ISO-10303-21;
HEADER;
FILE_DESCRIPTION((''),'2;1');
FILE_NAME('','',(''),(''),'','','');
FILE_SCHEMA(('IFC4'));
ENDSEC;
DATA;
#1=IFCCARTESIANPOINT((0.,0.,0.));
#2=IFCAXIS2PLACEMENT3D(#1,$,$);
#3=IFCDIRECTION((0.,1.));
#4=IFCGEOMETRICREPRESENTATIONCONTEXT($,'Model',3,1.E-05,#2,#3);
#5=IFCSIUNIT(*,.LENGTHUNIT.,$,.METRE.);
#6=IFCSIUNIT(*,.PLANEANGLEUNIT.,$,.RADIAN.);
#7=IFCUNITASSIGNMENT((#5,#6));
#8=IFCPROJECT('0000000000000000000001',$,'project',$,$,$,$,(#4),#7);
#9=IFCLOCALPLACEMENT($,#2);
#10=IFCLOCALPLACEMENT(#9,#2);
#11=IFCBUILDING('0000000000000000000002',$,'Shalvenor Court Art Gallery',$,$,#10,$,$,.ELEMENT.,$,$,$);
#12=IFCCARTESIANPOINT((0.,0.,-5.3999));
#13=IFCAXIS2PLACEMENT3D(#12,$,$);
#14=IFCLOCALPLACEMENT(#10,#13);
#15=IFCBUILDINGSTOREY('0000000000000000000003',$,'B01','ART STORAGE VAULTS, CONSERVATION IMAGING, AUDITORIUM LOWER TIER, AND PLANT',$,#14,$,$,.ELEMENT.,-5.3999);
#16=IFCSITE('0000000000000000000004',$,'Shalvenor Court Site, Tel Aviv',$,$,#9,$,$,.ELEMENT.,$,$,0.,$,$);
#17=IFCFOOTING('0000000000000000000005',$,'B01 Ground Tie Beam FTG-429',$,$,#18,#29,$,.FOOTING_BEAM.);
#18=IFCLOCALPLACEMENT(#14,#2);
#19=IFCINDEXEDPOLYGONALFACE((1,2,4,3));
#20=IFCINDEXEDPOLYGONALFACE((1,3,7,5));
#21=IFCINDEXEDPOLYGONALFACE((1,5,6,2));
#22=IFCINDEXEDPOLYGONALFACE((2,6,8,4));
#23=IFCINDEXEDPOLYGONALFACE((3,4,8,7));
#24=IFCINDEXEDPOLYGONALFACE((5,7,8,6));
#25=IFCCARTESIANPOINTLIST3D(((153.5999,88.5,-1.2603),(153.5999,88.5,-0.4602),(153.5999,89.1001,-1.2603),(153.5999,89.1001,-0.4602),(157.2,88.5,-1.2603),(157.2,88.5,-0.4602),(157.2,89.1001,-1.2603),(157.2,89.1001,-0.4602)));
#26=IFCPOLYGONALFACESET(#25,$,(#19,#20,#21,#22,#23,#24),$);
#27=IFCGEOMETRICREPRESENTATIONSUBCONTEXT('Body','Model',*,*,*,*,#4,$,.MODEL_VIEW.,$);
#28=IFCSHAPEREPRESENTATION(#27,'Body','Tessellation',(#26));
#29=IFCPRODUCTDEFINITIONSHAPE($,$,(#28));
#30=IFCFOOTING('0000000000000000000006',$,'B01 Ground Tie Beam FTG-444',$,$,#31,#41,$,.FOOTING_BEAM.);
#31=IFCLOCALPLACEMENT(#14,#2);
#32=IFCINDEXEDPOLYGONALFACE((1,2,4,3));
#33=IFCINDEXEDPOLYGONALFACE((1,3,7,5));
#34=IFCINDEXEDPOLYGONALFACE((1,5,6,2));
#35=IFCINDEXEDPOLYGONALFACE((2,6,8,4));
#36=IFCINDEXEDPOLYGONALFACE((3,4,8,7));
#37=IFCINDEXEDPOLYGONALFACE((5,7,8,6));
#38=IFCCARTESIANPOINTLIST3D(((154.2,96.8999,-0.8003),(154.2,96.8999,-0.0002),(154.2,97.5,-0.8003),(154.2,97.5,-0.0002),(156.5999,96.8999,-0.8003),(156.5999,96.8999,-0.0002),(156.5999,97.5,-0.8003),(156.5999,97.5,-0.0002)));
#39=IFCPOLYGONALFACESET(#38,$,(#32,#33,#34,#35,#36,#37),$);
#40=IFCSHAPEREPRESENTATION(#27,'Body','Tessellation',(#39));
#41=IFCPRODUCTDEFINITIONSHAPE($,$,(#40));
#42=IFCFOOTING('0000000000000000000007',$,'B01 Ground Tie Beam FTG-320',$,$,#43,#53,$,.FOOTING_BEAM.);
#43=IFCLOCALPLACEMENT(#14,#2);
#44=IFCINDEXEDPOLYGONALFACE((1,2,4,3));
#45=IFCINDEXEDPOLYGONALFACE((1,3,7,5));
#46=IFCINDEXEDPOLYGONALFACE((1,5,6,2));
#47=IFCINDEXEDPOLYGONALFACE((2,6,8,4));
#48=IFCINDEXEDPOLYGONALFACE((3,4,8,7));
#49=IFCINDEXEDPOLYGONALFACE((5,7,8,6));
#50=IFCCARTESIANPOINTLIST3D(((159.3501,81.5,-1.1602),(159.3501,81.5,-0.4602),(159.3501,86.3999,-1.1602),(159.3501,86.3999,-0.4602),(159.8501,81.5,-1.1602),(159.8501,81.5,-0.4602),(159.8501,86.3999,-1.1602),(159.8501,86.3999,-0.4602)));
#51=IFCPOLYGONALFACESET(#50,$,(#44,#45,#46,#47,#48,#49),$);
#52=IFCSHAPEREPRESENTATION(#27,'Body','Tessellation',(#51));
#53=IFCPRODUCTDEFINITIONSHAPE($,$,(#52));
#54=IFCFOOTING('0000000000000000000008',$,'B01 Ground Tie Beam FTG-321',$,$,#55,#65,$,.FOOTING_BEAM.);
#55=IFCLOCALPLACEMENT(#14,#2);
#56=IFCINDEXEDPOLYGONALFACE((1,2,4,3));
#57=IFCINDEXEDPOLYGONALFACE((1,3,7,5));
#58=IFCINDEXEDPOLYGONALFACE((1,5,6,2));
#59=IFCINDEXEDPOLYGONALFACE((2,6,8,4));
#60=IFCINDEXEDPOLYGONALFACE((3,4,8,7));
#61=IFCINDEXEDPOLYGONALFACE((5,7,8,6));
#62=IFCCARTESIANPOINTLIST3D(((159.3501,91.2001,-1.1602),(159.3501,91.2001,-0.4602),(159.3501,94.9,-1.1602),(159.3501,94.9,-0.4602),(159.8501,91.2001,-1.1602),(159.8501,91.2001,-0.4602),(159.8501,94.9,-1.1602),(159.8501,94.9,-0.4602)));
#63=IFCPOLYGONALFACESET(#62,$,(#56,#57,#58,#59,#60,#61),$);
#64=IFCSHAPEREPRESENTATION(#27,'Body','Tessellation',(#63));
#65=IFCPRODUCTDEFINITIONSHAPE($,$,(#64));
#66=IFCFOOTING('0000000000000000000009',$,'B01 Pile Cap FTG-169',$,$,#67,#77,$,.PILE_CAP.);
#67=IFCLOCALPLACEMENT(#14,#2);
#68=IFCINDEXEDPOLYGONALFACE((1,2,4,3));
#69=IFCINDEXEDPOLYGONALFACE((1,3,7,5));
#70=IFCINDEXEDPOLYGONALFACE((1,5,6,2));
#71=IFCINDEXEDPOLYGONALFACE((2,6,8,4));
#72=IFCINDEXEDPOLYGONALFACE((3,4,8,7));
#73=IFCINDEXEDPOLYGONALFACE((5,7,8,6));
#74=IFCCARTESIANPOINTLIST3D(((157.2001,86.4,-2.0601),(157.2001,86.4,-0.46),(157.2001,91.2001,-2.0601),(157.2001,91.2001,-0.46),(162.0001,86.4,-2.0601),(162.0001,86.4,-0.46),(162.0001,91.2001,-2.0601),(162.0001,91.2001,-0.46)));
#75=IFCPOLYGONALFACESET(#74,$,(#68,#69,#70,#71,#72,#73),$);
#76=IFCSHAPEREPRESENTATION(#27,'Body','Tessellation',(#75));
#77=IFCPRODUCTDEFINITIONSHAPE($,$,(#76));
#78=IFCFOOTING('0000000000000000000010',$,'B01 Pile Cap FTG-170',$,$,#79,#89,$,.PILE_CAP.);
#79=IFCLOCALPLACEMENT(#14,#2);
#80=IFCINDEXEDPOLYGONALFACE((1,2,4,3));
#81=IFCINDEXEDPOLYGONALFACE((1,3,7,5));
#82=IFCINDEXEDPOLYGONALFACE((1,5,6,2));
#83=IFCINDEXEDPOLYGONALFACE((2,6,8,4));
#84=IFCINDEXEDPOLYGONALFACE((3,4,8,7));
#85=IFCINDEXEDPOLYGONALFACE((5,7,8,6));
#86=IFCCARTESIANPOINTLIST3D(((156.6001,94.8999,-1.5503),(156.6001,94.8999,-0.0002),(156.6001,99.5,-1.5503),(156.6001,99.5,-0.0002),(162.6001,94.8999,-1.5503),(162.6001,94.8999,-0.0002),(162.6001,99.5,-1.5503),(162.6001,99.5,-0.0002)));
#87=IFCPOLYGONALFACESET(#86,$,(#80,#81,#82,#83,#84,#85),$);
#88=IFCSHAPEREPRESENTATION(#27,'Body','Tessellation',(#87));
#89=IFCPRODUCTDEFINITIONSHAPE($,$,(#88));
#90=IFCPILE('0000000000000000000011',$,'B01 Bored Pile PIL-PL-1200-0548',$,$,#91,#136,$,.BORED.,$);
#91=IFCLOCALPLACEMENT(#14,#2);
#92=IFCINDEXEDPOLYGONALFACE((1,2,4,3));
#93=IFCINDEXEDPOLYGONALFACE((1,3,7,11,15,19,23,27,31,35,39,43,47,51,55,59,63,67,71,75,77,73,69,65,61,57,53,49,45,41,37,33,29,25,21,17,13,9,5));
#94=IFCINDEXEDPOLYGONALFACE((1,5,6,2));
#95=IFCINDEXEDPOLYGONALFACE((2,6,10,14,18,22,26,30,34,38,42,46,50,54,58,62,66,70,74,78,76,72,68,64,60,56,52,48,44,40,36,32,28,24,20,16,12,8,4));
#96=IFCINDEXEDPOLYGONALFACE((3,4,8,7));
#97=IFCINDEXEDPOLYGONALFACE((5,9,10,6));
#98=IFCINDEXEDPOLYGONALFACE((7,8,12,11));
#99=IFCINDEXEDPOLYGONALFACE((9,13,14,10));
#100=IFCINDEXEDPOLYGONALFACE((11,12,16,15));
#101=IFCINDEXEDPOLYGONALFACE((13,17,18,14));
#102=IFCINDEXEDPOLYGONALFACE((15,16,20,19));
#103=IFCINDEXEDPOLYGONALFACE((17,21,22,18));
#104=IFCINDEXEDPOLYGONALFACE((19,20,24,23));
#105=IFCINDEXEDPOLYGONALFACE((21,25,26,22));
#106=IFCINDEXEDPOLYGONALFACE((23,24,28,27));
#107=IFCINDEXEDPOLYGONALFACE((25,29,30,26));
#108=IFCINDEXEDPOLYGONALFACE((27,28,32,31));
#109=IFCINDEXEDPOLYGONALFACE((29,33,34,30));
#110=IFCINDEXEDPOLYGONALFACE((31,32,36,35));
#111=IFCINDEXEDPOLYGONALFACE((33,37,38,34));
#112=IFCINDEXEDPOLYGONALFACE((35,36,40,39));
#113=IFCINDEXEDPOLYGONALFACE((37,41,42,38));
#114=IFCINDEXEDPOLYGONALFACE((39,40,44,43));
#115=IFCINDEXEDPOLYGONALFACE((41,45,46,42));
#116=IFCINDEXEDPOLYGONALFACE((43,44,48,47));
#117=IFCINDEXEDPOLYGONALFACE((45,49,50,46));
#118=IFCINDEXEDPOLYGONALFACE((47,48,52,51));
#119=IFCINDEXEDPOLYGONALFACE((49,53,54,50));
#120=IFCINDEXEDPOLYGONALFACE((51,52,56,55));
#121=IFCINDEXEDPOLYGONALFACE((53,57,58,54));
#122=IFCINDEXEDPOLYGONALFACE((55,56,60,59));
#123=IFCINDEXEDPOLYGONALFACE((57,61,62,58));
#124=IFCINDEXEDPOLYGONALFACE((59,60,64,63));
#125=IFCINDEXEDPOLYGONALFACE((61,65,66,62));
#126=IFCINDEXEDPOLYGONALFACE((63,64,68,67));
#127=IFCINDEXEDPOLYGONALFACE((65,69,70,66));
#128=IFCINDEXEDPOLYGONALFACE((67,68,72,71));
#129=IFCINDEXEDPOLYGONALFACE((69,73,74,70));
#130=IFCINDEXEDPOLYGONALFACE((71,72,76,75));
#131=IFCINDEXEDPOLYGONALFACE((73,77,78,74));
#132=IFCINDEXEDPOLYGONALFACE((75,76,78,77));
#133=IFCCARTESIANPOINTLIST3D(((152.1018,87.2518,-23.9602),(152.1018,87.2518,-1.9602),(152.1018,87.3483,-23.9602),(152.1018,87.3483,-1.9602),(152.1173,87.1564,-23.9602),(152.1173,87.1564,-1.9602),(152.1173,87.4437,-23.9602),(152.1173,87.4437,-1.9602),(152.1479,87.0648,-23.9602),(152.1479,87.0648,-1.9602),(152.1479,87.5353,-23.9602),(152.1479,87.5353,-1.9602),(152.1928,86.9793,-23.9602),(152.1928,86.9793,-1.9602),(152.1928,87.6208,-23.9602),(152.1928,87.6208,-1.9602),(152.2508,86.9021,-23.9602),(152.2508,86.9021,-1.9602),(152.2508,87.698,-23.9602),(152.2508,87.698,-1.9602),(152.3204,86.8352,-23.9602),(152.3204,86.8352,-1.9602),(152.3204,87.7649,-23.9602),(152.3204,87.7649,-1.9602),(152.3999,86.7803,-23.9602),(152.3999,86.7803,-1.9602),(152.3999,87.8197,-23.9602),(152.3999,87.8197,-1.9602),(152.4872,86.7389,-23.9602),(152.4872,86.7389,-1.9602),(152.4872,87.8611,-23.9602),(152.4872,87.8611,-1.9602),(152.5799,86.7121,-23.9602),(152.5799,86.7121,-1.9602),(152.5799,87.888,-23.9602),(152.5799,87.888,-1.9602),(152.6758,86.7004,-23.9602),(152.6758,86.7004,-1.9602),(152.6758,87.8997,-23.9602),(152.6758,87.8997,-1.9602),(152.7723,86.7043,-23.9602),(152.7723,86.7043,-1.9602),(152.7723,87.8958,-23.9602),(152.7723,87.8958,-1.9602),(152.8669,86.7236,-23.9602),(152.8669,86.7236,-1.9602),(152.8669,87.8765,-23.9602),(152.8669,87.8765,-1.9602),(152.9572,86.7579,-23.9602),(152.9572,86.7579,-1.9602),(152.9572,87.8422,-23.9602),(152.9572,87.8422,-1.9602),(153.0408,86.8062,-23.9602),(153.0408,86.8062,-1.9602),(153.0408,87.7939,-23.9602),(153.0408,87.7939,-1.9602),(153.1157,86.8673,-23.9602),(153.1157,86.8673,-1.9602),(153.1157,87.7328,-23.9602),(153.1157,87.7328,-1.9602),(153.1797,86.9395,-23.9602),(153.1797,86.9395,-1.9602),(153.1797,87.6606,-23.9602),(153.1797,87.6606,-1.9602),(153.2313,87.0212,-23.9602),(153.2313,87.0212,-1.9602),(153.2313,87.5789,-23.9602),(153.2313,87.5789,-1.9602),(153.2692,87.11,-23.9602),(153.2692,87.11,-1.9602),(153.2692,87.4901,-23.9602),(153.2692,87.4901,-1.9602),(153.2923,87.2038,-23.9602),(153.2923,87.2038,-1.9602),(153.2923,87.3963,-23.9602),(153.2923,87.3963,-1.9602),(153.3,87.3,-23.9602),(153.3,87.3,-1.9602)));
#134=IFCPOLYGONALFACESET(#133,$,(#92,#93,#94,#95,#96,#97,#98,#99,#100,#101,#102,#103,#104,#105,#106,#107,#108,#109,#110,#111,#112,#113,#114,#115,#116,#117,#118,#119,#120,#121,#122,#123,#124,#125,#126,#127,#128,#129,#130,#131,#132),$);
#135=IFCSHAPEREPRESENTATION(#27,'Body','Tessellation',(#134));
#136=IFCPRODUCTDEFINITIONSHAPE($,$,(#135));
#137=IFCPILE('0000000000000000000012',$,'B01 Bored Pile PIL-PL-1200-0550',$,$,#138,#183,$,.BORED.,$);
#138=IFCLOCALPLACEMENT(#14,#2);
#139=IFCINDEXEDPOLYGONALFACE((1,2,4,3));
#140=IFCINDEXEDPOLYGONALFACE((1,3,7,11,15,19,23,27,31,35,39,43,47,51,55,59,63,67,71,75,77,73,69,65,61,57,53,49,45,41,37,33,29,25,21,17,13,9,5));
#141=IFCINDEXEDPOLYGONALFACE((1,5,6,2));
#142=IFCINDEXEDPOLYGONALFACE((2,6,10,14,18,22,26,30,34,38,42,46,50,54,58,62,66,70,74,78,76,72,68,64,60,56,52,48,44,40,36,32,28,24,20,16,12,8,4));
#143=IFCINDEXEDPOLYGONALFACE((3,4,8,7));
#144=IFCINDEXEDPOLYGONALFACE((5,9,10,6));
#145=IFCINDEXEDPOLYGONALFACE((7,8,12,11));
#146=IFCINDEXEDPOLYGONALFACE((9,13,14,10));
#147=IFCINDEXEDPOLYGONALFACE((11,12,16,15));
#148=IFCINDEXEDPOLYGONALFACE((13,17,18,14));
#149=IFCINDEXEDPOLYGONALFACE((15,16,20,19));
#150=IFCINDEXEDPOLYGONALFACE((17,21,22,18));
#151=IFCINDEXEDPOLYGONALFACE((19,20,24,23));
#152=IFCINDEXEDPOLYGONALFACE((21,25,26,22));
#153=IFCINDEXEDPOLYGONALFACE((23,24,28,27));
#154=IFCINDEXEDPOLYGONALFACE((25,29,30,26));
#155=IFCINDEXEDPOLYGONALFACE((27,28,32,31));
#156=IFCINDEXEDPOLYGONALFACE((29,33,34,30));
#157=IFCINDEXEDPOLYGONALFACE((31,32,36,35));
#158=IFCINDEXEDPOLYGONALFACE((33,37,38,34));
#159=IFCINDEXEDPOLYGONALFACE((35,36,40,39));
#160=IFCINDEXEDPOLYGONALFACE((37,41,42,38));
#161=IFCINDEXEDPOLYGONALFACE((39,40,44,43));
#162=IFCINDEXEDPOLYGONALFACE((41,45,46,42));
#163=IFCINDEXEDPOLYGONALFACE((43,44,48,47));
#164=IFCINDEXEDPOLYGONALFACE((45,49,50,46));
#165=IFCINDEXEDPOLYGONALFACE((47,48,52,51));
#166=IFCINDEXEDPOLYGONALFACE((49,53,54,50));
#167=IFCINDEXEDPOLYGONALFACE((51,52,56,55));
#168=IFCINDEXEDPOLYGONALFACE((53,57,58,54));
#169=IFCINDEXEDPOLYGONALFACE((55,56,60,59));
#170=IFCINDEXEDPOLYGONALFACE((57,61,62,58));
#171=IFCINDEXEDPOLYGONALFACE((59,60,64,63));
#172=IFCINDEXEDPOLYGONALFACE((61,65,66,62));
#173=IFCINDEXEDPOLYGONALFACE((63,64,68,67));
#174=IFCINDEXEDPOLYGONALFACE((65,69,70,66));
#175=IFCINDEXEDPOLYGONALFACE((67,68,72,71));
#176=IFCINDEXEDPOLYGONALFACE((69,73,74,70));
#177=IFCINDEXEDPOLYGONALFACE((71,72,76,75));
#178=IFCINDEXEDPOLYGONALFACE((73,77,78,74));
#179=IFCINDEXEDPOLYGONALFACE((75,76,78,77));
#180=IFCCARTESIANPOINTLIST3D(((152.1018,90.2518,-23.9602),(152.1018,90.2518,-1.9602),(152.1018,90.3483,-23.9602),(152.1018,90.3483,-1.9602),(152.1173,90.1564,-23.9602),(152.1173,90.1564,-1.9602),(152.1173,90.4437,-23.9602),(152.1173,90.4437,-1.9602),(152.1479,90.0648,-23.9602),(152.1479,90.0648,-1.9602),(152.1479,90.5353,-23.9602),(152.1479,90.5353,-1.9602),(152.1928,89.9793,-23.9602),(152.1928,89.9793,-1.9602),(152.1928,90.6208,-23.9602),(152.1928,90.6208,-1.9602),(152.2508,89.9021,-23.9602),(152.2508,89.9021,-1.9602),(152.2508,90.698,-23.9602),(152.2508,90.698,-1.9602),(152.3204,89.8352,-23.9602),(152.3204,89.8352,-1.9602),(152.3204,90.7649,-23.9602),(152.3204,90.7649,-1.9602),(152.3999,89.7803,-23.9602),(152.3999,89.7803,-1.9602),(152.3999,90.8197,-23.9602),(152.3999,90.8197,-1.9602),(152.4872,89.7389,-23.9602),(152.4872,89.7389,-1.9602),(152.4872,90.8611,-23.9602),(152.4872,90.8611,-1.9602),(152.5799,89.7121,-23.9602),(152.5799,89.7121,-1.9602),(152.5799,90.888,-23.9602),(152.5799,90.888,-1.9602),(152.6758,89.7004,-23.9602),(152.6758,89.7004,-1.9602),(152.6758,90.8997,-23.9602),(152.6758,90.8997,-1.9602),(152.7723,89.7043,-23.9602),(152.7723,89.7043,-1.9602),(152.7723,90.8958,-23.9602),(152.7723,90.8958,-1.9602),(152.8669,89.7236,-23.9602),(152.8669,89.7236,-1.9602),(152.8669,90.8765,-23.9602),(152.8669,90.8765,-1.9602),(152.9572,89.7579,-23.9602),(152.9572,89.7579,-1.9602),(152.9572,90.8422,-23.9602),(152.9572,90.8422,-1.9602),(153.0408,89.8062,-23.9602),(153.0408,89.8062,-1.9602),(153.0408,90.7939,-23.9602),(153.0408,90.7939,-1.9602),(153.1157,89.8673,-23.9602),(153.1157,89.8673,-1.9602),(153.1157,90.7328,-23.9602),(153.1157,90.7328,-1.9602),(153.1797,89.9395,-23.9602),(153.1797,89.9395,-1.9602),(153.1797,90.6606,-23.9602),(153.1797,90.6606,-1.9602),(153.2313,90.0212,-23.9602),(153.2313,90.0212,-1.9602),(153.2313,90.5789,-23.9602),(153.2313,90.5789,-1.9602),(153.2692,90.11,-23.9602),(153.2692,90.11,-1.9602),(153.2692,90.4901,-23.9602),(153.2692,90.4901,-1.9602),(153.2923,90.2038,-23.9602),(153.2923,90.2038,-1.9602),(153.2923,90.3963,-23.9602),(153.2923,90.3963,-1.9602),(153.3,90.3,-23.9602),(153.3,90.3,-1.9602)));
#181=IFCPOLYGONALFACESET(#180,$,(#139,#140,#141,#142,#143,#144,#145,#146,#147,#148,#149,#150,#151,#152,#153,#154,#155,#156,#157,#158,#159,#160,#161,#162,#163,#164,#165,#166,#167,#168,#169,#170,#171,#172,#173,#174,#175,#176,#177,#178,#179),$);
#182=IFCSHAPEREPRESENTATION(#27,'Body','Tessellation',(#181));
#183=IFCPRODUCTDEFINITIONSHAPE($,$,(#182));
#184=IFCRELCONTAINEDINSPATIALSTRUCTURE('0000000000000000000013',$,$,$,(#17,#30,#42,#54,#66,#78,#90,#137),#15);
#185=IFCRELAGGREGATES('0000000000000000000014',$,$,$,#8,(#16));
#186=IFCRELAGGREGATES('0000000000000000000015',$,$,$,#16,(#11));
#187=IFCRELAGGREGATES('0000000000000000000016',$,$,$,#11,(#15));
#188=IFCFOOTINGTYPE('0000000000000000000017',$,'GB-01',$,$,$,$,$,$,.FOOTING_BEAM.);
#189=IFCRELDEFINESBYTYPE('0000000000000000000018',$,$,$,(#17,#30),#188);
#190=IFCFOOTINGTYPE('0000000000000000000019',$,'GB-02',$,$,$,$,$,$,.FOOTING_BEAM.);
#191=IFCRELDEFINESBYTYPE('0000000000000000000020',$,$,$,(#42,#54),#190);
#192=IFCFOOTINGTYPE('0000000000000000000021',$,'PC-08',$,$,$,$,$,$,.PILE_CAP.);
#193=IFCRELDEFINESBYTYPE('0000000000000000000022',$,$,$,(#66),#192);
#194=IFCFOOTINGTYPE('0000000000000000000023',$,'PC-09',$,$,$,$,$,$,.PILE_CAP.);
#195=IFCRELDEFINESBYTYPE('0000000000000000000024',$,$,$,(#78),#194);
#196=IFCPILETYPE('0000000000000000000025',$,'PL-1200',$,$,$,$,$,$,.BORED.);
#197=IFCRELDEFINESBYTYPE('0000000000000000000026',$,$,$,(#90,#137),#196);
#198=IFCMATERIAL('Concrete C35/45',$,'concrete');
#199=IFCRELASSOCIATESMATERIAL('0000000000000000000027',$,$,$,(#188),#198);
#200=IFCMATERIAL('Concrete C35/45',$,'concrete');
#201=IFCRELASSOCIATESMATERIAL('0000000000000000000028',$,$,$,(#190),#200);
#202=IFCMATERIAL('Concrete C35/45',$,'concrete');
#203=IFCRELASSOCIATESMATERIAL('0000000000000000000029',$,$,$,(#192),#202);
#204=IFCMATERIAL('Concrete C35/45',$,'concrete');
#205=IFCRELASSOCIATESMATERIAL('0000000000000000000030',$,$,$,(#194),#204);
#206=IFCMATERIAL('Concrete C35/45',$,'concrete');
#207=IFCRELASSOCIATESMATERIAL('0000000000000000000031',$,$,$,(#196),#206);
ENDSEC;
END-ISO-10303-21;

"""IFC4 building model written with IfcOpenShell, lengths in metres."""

from ifc_helpers import new_model, si_unit, direction, frame, origin, origin_2d, place, context, subcontext, project, spatial, rectangle, circle, extrude, material, material_profile, profile_set, type_object, element, save


model = new_model("IFC4")

# Units and contexts
model_context = context("Model", 3, precision=1e-05, world=origin(), true_north=direction((0.0, 1.0)))
body_context = subcontext(model_context, "Body", "Model", "MODEL_VIEW")
ifc_project = project(units=[si_unit("LENGTHUNIT", "METRE"), si_unit("PLANEANGLEUNIT", "RADIAN")], contexts=[model_context])

# Site, building, storey
site_placement = place(None, origin())
site = spatial("IfcSite", under=ifc_project, at=site_placement, Name="Shalvenor Court Site, Tel Aviv", CompositionType="ELEMENT", RefElevation=0.0)
building_placement = place(site_placement, origin())
building = spatial("IfcBuilding", under=site, at=building_placement, Name="Shalvenor Court Art Gallery", CompositionType="ELEMENT")
storey_placement = place(building_placement, frame((0.0, 0.0, -5.3999)))
storey = spatial("IfcBuildingStorey", under=building, at=storey_placement, Name="B01", Description="ART STORAGE VAULTS, CONSERVATION IMAGING, AUDITORIUM LOWER TIER, AND PLANT", CompositionType="ELEMENT", Elevation=-5.3999)

# Footings
ifc_material_1 = material(Name="Concrete C35/45", Category="concrete")
footing_type_1 = type_object("IfcFootingType", Name="GB-01", PredefinedType="FOOTING_BEAM", material=ifc_material_1)
footing_1_placement = place(storey_placement, frame((155.3999, 88.8, -1.2603), z_axis=(0.0, 0.0, 1.0), x_axis=(1.0, 0.0, 0.0)))
element("IfcFooting", 1, at=footing_1_placement, inside=storey, type_object=footing_type_1, Name="B01 Ground Tie Beam FTG-429", PredefinedType="FOOTING_BEAM", context=body_context, shape_type="SweptSolid", body=[
    extrude(rectangle(XDim=3.6001, YDim=0.6001, at=origin_2d()), origin(), (0.0, 0.0, 1.0), 0.8),
])
footing_2_placement = place(storey_placement, frame((155.3999, 97.2, -0.8003), z_axis=(0.0, 0.0, 1.0), x_axis=(1.0, 0.0, 0.0)))
element("IfcFooting", 2, at=footing_2_placement, inside=storey, type_object=footing_type_1, Name="B01 Ground Tie Beam FTG-444", PredefinedType="FOOTING_BEAM", context=body_context, shape_type="SweptSolid", body=[
    extrude(rectangle(XDim=2.3999, YDim=0.6001, at=origin_2d()), origin(), (0.0, 0.0, 1.0), 0.8),
])
ifc_material_2 = material(Name="Concrete C35/45", Category="concrete")
footing_type_2 = type_object("IfcFootingType", Name="GB-02", PredefinedType="FOOTING_BEAM", material=ifc_material_2)
footing_3_placement = place(storey_placement, frame((159.6001, 83.95, -1.1602), z_axis=(0.0, 0.0, 1.0), x_axis=(0.0, 1.0, 0.0)))
element("IfcFooting", 3, at=footing_3_placement, inside=storey, type_object=footing_type_2, Name="B01 Ground Tie Beam FTG-320", PredefinedType="FOOTING_BEAM", context=body_context, shape_type="SweptSolid", body=[
    extrude(rectangle(XDim=4.8999, YDim=0.5, at=origin_2d()), origin(), (0.0, 0.0, 1.0), 0.7),
])
footing_4_placement = place(storey_placement, frame((159.6001, 93.05, -1.1602), z_axis=(0.0, 0.0, 1.0), x_axis=(0.0, 1.0, 0.0)))
element("IfcFooting", 4, at=footing_4_placement, inside=storey, type_object=footing_type_2, Name="B01 Ground Tie Beam FTG-321", PredefinedType="FOOTING_BEAM", context=body_context, shape_type="SweptSolid", body=[
    extrude(rectangle(XDim=3.7, YDim=0.5, at=origin_2d()), origin(), (0.0, 0.0, 1.0), 0.7),
])
ifc_material_3 = material(Name="Concrete C35/45", Category="concrete")
footing_type_3 = type_object("IfcFootingType", Name="PC-08", PredefinedType="PILE_CAP", material=ifc_material_3)
footing_5_placement = place(storey_placement, frame((159.6001, 88.8, -2.0601), z_axis=(0.0, 0.0, 1.0), x_axis=(1.0, 0.0, 0.0)))
element("IfcFooting", 5, at=footing_5_placement, inside=storey, type_object=footing_type_3, Name="B01 Pile Cap FTG-169", PredefinedType="PILE_CAP", context=body_context, shape_type="SweptSolid", body=[
    extrude(rectangle(XDim=4.8, YDim=4.8, at=origin_2d()), origin(), (0.0, 0.0, 1.0), 1.6001),
])
ifc_material_4 = material(Name="Concrete C35/45", Category="concrete")
footing_type_4 = type_object("IfcFootingType", Name="PC-09", PredefinedType="PILE_CAP", material=ifc_material_4)
footing_6_placement = place(storey_placement, frame((159.6001, 97.2, -1.5503), z_axis=(0.0, 0.0, 1.0), x_axis=(1.0, 0.0, 0.0)))
element("IfcFooting", 6, at=footing_6_placement, inside=storey, type_object=footing_type_4, Name="B01 Pile Cap FTG-170", PredefinedType="PILE_CAP", context=body_context, shape_type="SweptSolid", body=[
    extrude(rectangle(XDim=6.0, YDim=4.6001, at=origin_2d()), origin(), (0.0, 0.0, 1.0), 1.55),
])

# Piles
ifc_material_5 = material(Name="Concrete C35/45", Category="concrete")
ifc_material_profile_1 = material_profile(ifc_material_5, circle(Radius=0.6001, at=origin_2d()), Name="PILE 1200")
ifc_profile_set_1 = profile_set([ifc_material_profile_1], Name="Concrete C35/45")
pile_type = type_object("IfcPileType", Name="PL-1200", PredefinedType="BORED", material=ifc_profile_set_1)
for number, where, z_axis, x_axis, name in (
    (7, (152.7, 87.3, -1.9602), (0.0, 0.0, -1.0), (1.0, 0.0, 0.0), "B01 Bored Pile PIL-PL-1200-0548"),
    (8, (152.7, 90.3, -1.9602), (0.0, 0.0, -1.0), (1.0, 0.0, 0.0), "B01 Bored Pile PIL-PL-1200-0550"),
):
    element("IfcPile", number, at=place(storey_placement, frame(where, z_axis=z_axis, x_axis=x_axis)), inside=storey, type_object=pile_type, Name=name, PredefinedType="BORED", context=body_context, shape_type="SweptSolid", body=[
        extrude(circle(Radius=0.6001, at=origin_2d()), origin(), (0.0, 0.0, 1.0), 22.0),
    ])

save(model, "model.ifc")
